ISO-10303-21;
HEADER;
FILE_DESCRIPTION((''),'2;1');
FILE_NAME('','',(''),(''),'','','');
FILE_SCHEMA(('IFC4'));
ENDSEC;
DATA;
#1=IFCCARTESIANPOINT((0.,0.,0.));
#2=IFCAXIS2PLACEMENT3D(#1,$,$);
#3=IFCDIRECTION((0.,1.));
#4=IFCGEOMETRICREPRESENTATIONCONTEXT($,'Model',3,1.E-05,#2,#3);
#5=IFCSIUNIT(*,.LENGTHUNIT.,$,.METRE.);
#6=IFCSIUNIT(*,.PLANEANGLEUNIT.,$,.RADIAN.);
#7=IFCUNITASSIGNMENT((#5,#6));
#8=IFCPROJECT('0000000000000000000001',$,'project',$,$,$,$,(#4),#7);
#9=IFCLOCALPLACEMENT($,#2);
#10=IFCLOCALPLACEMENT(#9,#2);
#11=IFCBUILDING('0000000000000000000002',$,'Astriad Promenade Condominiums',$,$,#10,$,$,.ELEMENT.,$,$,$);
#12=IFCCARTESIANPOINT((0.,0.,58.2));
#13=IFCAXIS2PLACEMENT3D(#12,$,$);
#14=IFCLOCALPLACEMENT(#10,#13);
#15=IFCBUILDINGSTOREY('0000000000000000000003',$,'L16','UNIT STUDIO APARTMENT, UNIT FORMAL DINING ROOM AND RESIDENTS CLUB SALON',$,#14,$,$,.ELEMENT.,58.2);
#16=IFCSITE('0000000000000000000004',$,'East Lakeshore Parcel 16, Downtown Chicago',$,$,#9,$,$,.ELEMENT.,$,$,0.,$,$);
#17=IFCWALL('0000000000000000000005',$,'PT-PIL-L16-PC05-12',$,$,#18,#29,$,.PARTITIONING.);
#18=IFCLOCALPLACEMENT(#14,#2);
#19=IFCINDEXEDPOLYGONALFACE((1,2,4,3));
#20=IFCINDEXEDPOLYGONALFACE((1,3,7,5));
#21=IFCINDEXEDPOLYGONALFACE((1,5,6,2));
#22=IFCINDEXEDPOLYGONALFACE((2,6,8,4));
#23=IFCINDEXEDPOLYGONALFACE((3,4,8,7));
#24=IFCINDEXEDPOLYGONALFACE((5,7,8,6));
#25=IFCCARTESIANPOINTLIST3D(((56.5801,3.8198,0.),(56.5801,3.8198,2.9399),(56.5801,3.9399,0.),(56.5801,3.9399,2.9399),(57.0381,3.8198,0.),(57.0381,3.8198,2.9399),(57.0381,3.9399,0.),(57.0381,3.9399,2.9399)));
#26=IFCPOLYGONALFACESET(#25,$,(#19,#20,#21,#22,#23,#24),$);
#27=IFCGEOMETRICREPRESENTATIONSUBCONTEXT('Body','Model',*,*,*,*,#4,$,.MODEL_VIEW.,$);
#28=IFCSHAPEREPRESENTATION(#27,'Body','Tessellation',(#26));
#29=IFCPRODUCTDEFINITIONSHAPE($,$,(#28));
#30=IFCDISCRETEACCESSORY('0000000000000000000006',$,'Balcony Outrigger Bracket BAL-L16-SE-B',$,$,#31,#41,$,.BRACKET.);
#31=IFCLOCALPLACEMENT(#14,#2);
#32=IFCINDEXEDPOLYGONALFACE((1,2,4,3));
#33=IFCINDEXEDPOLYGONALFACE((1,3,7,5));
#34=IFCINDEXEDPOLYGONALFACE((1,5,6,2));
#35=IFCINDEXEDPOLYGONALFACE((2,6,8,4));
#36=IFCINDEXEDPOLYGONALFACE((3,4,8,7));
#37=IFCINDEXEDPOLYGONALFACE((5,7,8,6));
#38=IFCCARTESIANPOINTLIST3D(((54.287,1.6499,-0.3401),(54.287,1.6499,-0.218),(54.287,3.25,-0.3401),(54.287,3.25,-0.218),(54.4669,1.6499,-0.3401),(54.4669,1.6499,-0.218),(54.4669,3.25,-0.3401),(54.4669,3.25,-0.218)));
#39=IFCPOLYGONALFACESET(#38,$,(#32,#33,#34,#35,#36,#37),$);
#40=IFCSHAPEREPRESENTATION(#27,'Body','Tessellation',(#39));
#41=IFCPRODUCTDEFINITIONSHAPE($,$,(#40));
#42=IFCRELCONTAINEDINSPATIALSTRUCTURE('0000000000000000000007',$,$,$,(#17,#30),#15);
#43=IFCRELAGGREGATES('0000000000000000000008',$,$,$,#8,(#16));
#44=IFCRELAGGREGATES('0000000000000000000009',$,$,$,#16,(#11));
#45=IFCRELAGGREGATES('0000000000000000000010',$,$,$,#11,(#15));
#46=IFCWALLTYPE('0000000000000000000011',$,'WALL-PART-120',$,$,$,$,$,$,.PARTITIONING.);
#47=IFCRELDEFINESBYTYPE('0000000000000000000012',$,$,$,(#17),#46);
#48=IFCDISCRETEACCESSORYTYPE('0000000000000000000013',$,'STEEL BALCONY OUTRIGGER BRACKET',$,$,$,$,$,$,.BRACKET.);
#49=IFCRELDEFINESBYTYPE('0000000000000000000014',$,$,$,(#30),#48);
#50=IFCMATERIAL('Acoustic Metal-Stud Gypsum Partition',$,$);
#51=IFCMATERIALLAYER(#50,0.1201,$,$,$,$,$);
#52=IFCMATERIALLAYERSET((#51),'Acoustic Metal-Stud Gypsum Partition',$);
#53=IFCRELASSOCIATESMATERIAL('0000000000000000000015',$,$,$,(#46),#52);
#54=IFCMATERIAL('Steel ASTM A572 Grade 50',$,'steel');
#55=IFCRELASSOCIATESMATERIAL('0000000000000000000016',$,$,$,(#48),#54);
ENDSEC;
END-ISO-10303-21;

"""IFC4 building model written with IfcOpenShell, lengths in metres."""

from ifc_helpers import new_model, si_unit, direction, frame, frame_2d, origin, origin_2d, place, context, subcontext, project, spatial, rectangle, extrude, source, transform, mapped, material, layer, layer_set, type_object, type_shapes, element, save


model = new_model("IFC4")

# Units and contexts
model_context = context("Model", 3, precision=1e-05, world=origin(), true_north=direction((0.0, 1.0)))
body_context = subcontext(model_context, "Body", "Model", "MODEL_VIEW")
ifc_project = project(units=[si_unit("LENGTHUNIT", "METRE"), si_unit("PLANEANGLEUNIT", "RADIAN")], contexts=[model_context])

# Site, building, storey
site_placement = place(None, origin())
site = spatial("IfcSite", under=ifc_project, at=site_placement, Name="East Lakeshore Parcel 16, Downtown Chicago", CompositionType="ELEMENT", RefElevation=0.0)
building_placement = place(site_placement, origin())
building = spatial("IfcBuilding", under=site, at=building_placement, Name="Astriad Promenade Condominiums", CompositionType="ELEMENT")
storey_placement = place(building_placement, frame((0.0, 0.0, 58.2)))
storey = spatial("IfcBuildingStorey", under=building, at=storey_placement, Name="L16", Description="UNIT STUDIO APARTMENT, UNIT FORMAL DINING ROOM AND RESIDENTS CLUB SALON", CompositionType="ELEMENT", Elevation=58.2)

# Shared definitions
ifc_material_1 = material(Name="Acoustic Metal-Stud Gypsum Partition")
ifc_layer_1 = layer(ifc_material_1, 0.1201)
ifc_layer_set_1 = layer_set([ifc_layer_1], Name="Acoustic Metal-Stud Gypsum Partition")
wall_type_1 = type_object("IfcWallType", Name="WALL-PART-120", PredefinedType="PARTITIONING", material=ifc_layer_set_1)

# Wall
wall_1_placement = place(storey_placement, frame((56.5801, 3.8799, 0.0), z_axis=(0.0, 0.0, 1.0), x_axis=(1.0, 0.0, 0.0)))
element("IfcWall", 1, at=wall_1_placement, inside=storey, type_object=wall_type_1, Name="PT-PIL-L16-PC05-12", PredefinedType="PARTITIONING", context=body_context, shape_type="SweptSolid", body=[
    extrude(rectangle(XDim=0.458, YDim=0.1201, at=frame_2d((0.229, 0.0))), origin(), (0.0, 0.0, 1.0), 2.9399),
])

# Discrete accessory
ifc_material_2 = material(Name="Steel ASTM A572 Grade 50", Category="steel")
discrete_accessory_type = type_object("IfcDiscreteAccessoryType", Name="STEEL BALCONY OUTRIGGER BRACKET", PredefinedType="BRACKET", material=ifc_material_2)
shared_shape_1 = source(origin(), body_context, "Body", "SweptSolid", [
    extrude(rectangle(XDim=1.6001, YDim=0.1799, at=origin_2d()), origin(), (0.0, 0.0, 1.0), 0.1221),
])
type_shapes(discrete_accessory_type, [shared_shape_1])
discrete_accessory_placement = place(storey_placement, frame((54.377, 2.45, -0.3401), z_axis=(0.0, 0.0, 1.0), x_axis=(0.0, -1.0, 0.0)))
element("IfcDiscreteAccessory", 2, at=discrete_accessory_placement, inside=storey, type_object=discrete_accessory_type, Name="Balcony Outrigger Bracket BAL-L16-SE-B", PredefinedType="BRACKET", context=body_context, shape_type="MappedRepresentation", body=[
    mapped(shared_shape_1, transform((0.0, 0.0, 0.0), scale=1.0)),
])

save(model, "model.ifc")
